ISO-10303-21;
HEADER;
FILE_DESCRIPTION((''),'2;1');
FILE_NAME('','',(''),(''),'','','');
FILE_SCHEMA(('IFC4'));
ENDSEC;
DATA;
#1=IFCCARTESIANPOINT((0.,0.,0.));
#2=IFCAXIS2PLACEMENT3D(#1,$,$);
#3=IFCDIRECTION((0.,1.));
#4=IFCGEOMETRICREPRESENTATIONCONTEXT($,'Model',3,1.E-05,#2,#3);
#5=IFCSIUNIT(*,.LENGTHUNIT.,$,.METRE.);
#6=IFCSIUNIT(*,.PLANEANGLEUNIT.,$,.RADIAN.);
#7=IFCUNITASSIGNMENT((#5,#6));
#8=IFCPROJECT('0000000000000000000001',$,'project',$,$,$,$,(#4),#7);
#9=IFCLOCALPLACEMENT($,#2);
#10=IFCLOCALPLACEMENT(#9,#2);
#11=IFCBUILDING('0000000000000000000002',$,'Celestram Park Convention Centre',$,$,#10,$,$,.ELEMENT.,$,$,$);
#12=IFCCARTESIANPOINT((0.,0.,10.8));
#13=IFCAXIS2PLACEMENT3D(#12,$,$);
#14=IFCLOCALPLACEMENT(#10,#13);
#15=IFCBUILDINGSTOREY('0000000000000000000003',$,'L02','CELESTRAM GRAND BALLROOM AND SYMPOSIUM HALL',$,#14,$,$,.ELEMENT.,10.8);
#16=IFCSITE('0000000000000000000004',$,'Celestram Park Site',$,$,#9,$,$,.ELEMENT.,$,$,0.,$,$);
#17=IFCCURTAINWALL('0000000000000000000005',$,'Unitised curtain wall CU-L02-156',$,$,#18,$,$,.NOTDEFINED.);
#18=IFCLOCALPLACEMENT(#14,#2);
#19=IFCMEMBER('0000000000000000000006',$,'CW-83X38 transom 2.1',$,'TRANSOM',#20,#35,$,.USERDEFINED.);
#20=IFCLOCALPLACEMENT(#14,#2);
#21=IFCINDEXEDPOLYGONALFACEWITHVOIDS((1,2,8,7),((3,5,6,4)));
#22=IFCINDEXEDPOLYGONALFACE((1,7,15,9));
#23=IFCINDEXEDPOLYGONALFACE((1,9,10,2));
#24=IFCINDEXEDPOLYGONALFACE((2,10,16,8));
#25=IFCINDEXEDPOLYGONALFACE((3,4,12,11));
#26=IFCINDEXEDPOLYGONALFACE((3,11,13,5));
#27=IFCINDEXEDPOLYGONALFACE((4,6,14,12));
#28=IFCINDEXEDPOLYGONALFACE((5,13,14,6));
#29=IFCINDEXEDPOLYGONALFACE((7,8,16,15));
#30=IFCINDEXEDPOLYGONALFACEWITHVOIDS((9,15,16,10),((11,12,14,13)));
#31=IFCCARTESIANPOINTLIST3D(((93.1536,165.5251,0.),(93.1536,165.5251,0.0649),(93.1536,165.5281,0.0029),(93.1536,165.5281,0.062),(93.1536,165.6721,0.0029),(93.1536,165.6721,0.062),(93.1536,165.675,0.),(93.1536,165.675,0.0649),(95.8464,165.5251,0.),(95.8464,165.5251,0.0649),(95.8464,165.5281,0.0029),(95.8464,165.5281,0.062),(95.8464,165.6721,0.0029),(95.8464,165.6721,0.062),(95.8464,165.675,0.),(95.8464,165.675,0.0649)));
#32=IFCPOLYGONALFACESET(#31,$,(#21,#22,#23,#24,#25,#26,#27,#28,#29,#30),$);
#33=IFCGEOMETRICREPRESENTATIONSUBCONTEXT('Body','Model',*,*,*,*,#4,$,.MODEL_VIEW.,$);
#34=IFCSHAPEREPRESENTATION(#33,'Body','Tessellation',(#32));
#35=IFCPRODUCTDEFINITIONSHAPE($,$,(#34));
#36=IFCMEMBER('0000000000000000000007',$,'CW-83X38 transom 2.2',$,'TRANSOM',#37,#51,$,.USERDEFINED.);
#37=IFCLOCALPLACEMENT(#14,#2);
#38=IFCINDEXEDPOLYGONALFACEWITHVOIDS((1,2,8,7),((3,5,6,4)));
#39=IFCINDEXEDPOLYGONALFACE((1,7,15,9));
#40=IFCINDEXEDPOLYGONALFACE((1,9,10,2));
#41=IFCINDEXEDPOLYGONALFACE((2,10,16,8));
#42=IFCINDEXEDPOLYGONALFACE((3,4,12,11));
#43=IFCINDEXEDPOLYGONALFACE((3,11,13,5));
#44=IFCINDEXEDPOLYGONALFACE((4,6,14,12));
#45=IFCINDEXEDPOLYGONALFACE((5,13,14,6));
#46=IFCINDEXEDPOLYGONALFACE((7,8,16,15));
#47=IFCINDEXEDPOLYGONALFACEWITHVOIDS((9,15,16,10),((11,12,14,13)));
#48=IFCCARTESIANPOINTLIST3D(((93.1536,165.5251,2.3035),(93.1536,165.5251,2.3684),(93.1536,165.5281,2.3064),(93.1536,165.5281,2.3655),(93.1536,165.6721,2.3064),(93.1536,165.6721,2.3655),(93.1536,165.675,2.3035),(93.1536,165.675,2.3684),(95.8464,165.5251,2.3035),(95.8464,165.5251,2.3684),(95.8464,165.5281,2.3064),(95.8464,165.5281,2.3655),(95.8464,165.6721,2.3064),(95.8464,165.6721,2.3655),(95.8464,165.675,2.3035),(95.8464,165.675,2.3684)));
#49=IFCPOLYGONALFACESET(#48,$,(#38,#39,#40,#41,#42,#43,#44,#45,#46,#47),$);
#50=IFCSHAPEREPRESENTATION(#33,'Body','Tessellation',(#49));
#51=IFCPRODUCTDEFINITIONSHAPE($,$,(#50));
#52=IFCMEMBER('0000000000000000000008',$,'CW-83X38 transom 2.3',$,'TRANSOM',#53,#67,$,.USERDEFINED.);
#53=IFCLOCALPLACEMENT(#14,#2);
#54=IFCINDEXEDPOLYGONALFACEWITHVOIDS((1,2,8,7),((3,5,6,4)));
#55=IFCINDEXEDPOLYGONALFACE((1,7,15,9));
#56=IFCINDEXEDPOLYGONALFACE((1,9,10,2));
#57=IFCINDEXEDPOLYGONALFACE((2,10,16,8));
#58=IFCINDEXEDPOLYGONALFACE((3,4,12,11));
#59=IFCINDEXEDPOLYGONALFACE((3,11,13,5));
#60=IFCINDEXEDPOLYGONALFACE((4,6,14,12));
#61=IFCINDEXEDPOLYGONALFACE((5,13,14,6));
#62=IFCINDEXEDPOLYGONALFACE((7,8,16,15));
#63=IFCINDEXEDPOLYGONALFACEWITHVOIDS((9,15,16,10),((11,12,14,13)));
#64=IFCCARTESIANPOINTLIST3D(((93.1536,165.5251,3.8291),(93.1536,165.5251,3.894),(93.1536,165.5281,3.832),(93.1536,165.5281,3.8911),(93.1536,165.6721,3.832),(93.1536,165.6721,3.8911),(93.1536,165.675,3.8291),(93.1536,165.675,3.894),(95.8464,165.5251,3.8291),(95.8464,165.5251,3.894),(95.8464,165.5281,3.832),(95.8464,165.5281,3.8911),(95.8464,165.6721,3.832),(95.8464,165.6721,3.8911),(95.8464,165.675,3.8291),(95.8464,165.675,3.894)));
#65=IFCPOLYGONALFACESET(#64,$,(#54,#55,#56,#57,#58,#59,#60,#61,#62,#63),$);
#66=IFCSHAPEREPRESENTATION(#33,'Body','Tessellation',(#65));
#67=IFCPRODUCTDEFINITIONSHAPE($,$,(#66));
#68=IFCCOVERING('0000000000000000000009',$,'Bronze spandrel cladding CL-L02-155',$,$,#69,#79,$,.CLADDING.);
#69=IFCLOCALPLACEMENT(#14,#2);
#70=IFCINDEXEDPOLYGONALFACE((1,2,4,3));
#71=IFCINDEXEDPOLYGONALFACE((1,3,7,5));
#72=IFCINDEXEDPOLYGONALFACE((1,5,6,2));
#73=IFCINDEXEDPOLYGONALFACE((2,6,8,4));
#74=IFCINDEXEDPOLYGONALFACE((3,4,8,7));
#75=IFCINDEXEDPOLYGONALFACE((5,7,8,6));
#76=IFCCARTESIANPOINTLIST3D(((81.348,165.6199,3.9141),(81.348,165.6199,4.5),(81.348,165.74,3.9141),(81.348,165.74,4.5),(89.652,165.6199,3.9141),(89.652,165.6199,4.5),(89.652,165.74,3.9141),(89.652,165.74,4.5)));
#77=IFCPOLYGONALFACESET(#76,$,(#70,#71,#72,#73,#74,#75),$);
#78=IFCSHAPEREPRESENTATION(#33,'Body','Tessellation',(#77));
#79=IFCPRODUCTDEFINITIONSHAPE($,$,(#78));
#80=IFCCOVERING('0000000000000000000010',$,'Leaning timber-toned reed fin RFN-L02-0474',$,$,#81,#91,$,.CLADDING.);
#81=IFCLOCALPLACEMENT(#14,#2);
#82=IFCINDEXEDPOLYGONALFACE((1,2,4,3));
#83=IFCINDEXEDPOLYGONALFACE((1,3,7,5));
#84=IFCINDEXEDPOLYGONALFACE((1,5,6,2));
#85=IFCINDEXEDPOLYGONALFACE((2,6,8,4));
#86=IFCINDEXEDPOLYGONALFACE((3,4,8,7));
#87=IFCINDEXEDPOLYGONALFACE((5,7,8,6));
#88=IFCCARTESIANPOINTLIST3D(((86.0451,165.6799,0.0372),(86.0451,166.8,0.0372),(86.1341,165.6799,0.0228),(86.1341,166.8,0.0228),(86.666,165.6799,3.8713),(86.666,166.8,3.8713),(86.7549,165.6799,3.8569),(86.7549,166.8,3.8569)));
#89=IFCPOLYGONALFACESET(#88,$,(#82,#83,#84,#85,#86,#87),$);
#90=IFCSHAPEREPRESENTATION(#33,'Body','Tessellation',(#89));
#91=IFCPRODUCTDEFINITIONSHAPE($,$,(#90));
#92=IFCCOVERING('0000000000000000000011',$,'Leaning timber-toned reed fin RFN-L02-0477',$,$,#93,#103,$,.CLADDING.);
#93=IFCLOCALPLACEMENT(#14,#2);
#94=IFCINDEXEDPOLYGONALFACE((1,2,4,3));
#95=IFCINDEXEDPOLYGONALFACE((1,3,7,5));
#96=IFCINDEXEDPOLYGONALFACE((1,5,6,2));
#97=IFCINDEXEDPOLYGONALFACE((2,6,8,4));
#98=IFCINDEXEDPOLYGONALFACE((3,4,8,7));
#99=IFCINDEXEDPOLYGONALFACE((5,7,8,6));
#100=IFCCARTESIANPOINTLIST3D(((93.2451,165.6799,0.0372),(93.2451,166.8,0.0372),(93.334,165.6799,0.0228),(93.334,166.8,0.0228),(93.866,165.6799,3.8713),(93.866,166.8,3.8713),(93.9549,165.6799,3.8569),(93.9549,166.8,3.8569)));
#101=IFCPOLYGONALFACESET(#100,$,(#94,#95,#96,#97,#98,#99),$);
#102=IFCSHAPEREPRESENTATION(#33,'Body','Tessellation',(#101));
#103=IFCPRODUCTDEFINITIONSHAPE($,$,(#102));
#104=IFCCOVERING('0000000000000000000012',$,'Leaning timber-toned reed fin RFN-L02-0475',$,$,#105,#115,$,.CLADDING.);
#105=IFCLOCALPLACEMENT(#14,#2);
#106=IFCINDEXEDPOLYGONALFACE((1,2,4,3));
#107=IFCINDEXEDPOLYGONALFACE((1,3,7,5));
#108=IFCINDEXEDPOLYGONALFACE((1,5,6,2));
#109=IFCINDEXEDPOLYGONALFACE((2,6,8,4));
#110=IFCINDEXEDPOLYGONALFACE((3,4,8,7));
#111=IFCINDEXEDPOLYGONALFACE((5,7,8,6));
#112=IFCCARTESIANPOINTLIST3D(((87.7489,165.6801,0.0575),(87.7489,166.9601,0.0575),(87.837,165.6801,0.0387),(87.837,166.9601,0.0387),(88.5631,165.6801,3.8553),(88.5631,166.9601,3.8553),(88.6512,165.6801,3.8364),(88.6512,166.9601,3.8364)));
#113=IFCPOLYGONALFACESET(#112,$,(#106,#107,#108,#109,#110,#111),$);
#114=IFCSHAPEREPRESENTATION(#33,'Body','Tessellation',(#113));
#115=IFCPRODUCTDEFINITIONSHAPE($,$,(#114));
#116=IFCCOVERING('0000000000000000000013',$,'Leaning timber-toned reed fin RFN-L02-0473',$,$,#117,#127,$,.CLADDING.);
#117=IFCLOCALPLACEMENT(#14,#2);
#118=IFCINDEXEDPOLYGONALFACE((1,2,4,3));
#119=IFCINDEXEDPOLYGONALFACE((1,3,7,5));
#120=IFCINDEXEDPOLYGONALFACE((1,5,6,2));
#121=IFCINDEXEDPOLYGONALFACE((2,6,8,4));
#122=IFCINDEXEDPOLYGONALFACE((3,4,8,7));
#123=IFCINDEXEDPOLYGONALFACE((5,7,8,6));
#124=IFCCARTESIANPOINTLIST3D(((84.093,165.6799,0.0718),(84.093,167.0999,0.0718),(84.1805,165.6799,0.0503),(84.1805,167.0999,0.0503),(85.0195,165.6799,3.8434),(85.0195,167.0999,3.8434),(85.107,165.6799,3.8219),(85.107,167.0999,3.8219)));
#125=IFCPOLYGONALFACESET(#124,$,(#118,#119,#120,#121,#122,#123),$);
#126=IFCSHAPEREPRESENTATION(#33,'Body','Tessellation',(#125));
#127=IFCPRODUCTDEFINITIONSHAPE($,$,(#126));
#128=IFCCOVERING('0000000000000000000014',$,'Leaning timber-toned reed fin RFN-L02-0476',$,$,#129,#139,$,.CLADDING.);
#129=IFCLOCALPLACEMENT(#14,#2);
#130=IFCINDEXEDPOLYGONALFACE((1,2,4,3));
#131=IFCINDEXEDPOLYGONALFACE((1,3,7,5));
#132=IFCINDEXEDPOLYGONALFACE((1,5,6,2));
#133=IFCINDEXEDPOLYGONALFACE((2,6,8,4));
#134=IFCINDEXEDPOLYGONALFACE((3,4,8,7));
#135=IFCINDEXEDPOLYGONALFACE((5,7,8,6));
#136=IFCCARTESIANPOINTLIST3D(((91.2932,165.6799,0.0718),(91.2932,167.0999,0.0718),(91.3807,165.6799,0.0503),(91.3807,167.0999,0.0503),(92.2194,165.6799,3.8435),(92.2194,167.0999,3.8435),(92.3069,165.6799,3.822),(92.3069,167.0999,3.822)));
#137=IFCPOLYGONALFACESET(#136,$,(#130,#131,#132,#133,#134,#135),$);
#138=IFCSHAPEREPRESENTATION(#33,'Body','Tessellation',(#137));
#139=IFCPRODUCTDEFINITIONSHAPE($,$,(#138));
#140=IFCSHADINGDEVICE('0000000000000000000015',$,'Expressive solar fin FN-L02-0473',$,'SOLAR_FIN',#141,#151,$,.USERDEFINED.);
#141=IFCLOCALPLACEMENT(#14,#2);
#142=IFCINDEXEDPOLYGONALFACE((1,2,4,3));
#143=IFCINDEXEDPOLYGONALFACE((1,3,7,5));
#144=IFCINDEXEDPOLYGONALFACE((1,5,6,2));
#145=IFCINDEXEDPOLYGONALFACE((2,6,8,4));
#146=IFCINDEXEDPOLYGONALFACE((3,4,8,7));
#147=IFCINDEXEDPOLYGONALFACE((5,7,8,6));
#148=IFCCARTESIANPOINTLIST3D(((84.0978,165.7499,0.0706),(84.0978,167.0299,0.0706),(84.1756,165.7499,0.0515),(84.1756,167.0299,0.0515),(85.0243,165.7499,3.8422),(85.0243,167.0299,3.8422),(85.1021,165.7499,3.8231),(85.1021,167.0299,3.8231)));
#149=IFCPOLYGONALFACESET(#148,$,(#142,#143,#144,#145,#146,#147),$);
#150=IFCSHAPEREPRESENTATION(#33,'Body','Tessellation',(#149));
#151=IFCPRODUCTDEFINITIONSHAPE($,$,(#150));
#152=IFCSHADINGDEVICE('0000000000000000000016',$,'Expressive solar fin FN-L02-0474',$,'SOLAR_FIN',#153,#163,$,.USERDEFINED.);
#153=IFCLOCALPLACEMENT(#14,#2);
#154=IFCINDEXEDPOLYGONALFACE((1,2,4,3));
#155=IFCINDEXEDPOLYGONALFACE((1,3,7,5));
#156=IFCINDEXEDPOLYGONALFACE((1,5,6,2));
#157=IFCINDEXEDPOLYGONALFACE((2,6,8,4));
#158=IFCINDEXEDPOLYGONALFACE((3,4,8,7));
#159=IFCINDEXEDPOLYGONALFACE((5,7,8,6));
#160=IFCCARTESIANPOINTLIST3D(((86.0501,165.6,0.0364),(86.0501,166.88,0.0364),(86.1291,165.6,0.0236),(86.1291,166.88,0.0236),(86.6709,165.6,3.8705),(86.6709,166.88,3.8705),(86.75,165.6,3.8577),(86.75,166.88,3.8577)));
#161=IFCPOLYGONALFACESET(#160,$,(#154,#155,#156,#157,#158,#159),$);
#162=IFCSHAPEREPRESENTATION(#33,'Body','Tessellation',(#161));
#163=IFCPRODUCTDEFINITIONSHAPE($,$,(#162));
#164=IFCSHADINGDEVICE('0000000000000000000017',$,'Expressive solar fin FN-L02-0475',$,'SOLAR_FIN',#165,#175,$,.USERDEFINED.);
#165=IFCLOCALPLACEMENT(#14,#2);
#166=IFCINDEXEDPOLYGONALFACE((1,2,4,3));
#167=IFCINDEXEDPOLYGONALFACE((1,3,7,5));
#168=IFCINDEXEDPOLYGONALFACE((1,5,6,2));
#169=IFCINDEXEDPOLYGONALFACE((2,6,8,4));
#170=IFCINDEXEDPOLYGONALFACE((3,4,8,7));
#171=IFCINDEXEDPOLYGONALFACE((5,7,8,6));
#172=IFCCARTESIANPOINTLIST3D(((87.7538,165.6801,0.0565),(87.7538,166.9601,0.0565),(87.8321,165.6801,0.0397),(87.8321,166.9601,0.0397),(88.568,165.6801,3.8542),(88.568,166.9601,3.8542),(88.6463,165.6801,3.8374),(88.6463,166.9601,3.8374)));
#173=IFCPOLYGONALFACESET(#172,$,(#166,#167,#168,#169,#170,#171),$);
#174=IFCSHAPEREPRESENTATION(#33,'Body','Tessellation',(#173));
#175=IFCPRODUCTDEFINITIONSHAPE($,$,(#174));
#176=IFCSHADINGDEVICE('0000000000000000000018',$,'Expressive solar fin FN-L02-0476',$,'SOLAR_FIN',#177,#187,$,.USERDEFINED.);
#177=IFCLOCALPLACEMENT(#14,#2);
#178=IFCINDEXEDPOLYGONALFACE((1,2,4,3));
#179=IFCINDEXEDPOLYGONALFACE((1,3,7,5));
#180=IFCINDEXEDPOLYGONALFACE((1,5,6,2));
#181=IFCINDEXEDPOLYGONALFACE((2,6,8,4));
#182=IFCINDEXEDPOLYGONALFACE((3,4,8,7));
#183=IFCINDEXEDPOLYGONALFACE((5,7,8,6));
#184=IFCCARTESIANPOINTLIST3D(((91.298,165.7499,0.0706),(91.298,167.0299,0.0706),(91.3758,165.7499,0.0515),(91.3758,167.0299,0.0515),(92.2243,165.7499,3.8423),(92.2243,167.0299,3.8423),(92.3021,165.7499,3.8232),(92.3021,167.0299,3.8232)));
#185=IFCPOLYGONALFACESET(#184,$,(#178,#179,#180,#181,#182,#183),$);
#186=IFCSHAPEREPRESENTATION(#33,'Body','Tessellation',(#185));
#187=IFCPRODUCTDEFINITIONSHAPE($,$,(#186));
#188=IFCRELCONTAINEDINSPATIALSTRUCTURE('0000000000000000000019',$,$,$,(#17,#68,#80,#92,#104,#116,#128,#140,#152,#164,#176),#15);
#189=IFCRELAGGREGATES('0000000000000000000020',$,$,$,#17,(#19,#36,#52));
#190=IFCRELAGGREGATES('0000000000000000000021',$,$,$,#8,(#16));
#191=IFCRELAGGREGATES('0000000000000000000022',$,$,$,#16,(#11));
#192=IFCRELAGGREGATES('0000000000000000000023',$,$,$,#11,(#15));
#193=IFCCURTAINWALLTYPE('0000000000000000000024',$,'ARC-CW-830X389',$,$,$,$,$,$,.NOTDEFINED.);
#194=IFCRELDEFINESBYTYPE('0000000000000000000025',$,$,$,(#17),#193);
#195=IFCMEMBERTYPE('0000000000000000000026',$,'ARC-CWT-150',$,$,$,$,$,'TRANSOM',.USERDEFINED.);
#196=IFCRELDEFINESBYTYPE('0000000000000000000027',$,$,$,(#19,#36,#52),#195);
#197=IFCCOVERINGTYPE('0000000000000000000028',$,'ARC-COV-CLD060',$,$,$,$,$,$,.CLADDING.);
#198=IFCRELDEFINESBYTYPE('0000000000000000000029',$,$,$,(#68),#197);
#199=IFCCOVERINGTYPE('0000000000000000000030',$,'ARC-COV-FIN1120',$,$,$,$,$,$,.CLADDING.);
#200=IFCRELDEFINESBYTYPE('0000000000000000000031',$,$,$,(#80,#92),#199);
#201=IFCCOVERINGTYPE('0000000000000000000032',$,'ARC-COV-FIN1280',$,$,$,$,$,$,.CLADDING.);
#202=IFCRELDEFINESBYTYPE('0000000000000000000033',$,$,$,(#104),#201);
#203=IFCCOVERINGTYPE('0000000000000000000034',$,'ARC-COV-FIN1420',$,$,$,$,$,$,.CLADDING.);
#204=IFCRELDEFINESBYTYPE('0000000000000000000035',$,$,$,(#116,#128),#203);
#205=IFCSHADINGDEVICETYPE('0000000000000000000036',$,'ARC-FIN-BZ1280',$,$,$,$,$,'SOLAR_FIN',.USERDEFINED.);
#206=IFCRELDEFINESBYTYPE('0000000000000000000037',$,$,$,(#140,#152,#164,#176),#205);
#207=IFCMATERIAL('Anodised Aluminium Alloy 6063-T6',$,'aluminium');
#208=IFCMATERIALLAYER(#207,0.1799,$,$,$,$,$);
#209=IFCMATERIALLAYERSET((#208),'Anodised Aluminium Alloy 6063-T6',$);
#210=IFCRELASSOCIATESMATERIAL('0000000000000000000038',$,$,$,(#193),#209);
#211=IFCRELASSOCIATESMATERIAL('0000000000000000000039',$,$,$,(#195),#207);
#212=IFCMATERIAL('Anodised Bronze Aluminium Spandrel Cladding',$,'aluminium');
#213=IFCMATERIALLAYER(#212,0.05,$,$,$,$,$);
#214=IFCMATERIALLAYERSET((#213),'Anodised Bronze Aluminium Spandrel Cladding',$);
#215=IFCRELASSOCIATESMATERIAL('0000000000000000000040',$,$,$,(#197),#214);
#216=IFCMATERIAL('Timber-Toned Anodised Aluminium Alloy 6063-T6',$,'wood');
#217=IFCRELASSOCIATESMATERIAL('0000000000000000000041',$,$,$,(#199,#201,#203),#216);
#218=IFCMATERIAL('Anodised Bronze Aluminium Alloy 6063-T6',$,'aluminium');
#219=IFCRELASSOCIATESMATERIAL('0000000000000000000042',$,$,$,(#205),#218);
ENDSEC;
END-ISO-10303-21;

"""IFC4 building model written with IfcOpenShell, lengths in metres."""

from ifc_helpers import new_model, si_unit, direction, frame, origin, origin_2d, place, context, subcontext, project, spatial, rectangle, hollow_rectangle, extrude, material, layer, layer_set, material_profile, profile_set, type_object, element, aggregate, save


model = new_model("IFC4")

# Units and contexts
model_context = context("Model", 3, precision=1e-05, world=origin(), true_north=direction((0.0, 1.0)))
body_context = subcontext(model_context, "Body", "Model", "MODEL_VIEW")
ifc_project = project(units=[si_unit("LENGTHUNIT", "METRE"), si_unit("PLANEANGLEUNIT", "RADIAN")], contexts=[model_context])

# Site, building, storey
site_placement = place(None, origin())
site = spatial("IfcSite", under=ifc_project, at=site_placement, Name="Celestram Park Site", CompositionType="ELEMENT", RefElevation=0.0)
building_placement = place(site_placement, origin())
building = spatial("IfcBuilding", under=site, at=building_placement, Name="Celestram Park Convention Centre", CompositionType="ELEMENT")
storey_placement = place(building_placement, frame((0.0, 0.0, 10.8)))
storey = spatial("IfcBuildingStorey", under=building, at=storey_placement, Name="L02", Description="CELESTRAM GRAND BALLROOM AND SYMPOSIUM HALL", CompositionType="ELEMENT", Elevation=10.8)

# Curtain wall, members
ifc_material_1 = material(Name="Anodised Aluminium Alloy 6063-T6", Category="aluminium")
ifc_layer_1 = layer(ifc_material_1, 0.1799)
ifc_layer_set_1 = layer_set([ifc_layer_1], Name="Anodised Aluminium Alloy 6063-T6")
curtain_wall_type = type_object("IfcCurtainWallType", Name="ARC-CW-830X389", PredefinedType="NOTDEFINED", material=ifc_layer_set_1)
curtain_wall_placement = place(storey_placement, origin())
curtain_wall = element("IfcCurtainWall", 1, at=curtain_wall_placement, inside=storey, type_object=curtain_wall_type, Name="Unitised curtain wall CU-L02-156", PredefinedType="NOTDEFINED")
ifc_material_profile_1 = material_profile(ifc_material_1, hollow_rectangle(XDim=0.1499, YDim=0.0649, WallThickness=0.0029, at=origin_2d()), Name="ALU150X65X3")
ifc_profile_set_1 = profile_set([ifc_material_profile_1], Name="Anodised Aluminium Alloy 6063-T6")
member_type = type_object("IfcMemberType", Name="ARC-CWT-150", ElementType="TRANSOM", PredefinedType="USERDEFINED", material=ifc_profile_set_1)
member_1_placement = place(storey_placement, frame((93.1536, 165.6001, 0.0325), z_axis=(1.0, 0.0, 0.0), x_axis=(0.0, 1.0, 0.0)))
member_1 = element("IfcMember", 2, at=member_1_placement, type_object=member_type, Name="CW-83X38 transom 2.1", ObjectType="TRANSOM", PredefinedType="USERDEFINED", context=body_context, shape_type="SweptSolid", body=[
    extrude(hollow_rectangle(XDim=0.1499, YDim=0.0649, WallThickness=0.0029, at=origin_2d()), origin(), (0.0, 0.0, 1.0), 2.6929),
])
member_2_placement = place(storey_placement, frame((93.1536, 165.6001, 2.3359), z_axis=(1.0, 0.0, 0.0), x_axis=(0.0, 1.0, 0.0)))
member_2 = element("IfcMember", 3, at=member_2_placement, type_object=member_type, Name="CW-83X38 transom 2.2", ObjectType="TRANSOM", PredefinedType="USERDEFINED", context=body_context, shape_type="SweptSolid", body=[
    extrude(hollow_rectangle(XDim=0.1499, YDim=0.0649, WallThickness=0.0029, at=origin_2d()), origin(), (0.0, 0.0, 1.0), 2.6929),
])
member_3_placement = place(storey_placement, frame((93.1536, 165.6001, 3.8616), z_axis=(1.0, 0.0, 0.0), x_axis=(0.0, 1.0, 0.0)))
member_3 = element("IfcMember", 4, at=member_3_placement, type_object=member_type, Name="CW-83X38 transom 2.3", ObjectType="TRANSOM", PredefinedType="USERDEFINED", context=body_context, shape_type="SweptSolid", body=[
    extrude(hollow_rectangle(XDim=0.1499, YDim=0.0649, WallThickness=0.0029, at=origin_2d()), origin(), (0.0, 0.0, 1.0), 2.6929),
])
aggregate(curtain_wall, [member_1, member_2, member_3])

# Coverings
ifc_material_2 = material(Name="Anodised Bronze Aluminium Spandrel Cladding", Category="aluminium")
ifc_layer_2 = layer(ifc_material_2, 0.05)
ifc_layer_set_2 = layer_set([ifc_layer_2], Name="Anodised Bronze Aluminium Spandrel Cladding")
covering_type_1 = type_object("IfcCoveringType", Name="ARC-COV-CLD060", PredefinedType="CLADDING", material=ifc_layer_set_2)
covering_1_placement = place(storey_placement, frame((85.5, 165.6799, 3.9141), z_axis=(0.0, 0.0, 1.0), x_axis=(1.0, 0.0, 0.0)))
element("IfcCovering", 5, at=covering_1_placement, inside=storey, type_object=covering_type_1, Name="Bronze spandrel cladding CL-L02-155", PredefinedType="CLADDING", context=body_context, shape_type="SweptSolid", body=[
    extrude(rectangle(XDim=8.304, YDim=0.1201, at=origin_2d()), origin(), (0.0, 0.0, 1.0), 0.5859),
])
ifc_material_3 = material(Name="Timber-Toned Anodised Aluminium Alloy 6063-T6", Category="wood")
ifc_material_profile_2 = material_profile(ifc_material_3, rectangle(XDim=1.1201, YDim=0.0901, at=origin_2d()), Name="REED1120X90")
ifc_profile_set_2 = profile_set([ifc_material_profile_2], Name="Timber-Toned Anodised Aluminium Alloy 6063-T6")
covering_type_2 = type_object("IfcCoveringType", Name="ARC-COV-FIN1120", PredefinedType="CLADDING", material=ifc_profile_set_2)
for number, where, z_axis, x_axis, name in (
    (6, (86.0896, 166.24, 0.03), (0.159851, 0.0, 0.987141), (0.0, 1.0, 0.0), "Leaning timber-toned reed fin RFN-L02-0474"),
    (7, (93.2896, 166.24, 0.03), (0.159851, 0.0, 0.987141), (0.0, 1.0, 0.0), "Leaning timber-toned reed fin RFN-L02-0477"),
):
    element("IfcCovering", number, at=place(storey_placement, frame(where, z_axis=z_axis, x_axis=x_axis)), inside=storey, type_object=covering_type_2, Name=name, PredefinedType="CLADDING", context=body_context, shape_type="SweptSolid", body=[
        extrude(rectangle(XDim=1.1201, YDim=0.0901, at=origin_2d()), origin(), (0.0, 0.0, 1.0), 3.884),
    ])
ifc_material_profile_3 = material_profile(ifc_material_3, rectangle(XDim=1.28, YDim=0.0901, at=origin_2d()), Name="REED1280X90")
ifc_profile_set_3 = profile_set([ifc_material_profile_3], Name="Timber-Toned Anodised Aluminium Alloy 6063-T6")
covering_type_3 = type_object("IfcCoveringType", Name="ARC-COV-FIN1280", PredefinedType="CLADDING", material=ifc_profile_set_3)
covering_2_placement = place(storey_placement, frame((87.793, 166.3201, 0.0481), z_axis=(0.209624, 0.0, 0.977782), x_axis=(0.0, 1.0, 0.0)))
element("IfcCovering", 8, at=covering_2_placement, inside=storey, type_object=covering_type_3, Name="Leaning timber-toned reed fin RFN-L02-0475", PredefinedType="CLADDING", context=body_context, shape_type="SweptSolid", body=[
    extrude(rectangle(XDim=1.28, YDim=0.0901, at=origin_2d()), origin(), (0.0, 0.0, 1.0), 3.884),
])
ifc_material_profile_4 = material_profile(ifc_material_3, rectangle(XDim=1.4199, YDim=0.0901, at=origin_2d()), Name="REED1420X90")
ifc_profile_set_4 = profile_set([ifc_material_profile_4], Name="Timber-Toned Anodised Aluminium Alloy 6063-T6")
covering_type_4 = type_object("IfcCoveringType", Name="ARC-COV-FIN1420", PredefinedType="CLADDING", material=ifc_profile_set_4)
for number, where, z_axis, x_axis, name in (
    (9, (84.1367, 166.3899, 0.061), (0.238555, 0.0, 0.971129), (0.0, 1.0, 0.0), "Leaning timber-toned reed fin RFN-L02-0473"),
    (10, (91.3369, 166.3899, 0.061), (0.238496, 0.0, 0.971144), (0.0, 1.0, 0.0), "Leaning timber-toned reed fin RFN-L02-0476"),
):
    element("IfcCovering", number, at=place(storey_placement, frame(where, z_axis=z_axis, x_axis=x_axis)), inside=storey, type_object=covering_type_4, Name=name, PredefinedType="CLADDING", context=body_context, shape_type="SweptSolid", body=[
        extrude(rectangle(XDim=1.4199, YDim=0.0901, at=origin_2d()), origin(), (0.0, 0.0, 1.0), 3.8838),
    ])

# Shading devices
ifc_material_4 = material(Name="Anodised Bronze Aluminium Alloy 6063-T6", Category="aluminium")
ifc_material_profile_5 = material_profile(ifc_material_4, rectangle(XDim=1.28, YDim=0.0801, at=origin_2d()), Name="FIN1280X80")
ifc_profile_set_5 = profile_set([ifc_material_profile_5], Name="Anodised Bronze Aluminium Alloy 6063-T6")
shading_device_type = type_object("IfcShadingDeviceType", Name="ARC-FIN-BZ1280", ElementType="SOLAR_FIN", PredefinedType="USERDEFINED", material=ifc_profile_set_5)
shading_device_1_placement = place(storey_placement, frame((84.1367, 166.3899, 0.061), z_axis=(0.238555, 0.0, 0.971129), x_axis=(0.0, 1.0, 0.0)))
element("IfcShadingDevice", 11, at=shading_device_1_placement, inside=storey, type_object=shading_device_type, Name="Expressive solar fin FN-L02-0473", ObjectType="SOLAR_FIN", PredefinedType="USERDEFINED", context=body_context, shape_type="SweptSolid", body=[
    extrude(rectangle(XDim=1.28, YDim=0.0801, at=origin_2d()), origin(), (0.0, 0.0, 1.0), 3.8838),
])
for number, where, z_axis, x_axis, name in (
    (12, (86.0896, 166.24, 0.03), (0.159851, 0.0, 0.987141), (0.0, 1.0, 0.0), "Expressive solar fin FN-L02-0474"),
    (13, (87.793, 166.3201, 0.0481), (0.209624, 0.0, 0.977782), (0.0, 1.0, 0.0), "Expressive solar fin FN-L02-0475"),
):
    element("IfcShadingDevice", number, at=place(storey_placement, frame(where, z_axis=z_axis, x_axis=x_axis)), inside=storey, type_object=shading_device_type, Name=name, ObjectType="SOLAR_FIN", PredefinedType="USERDEFINED", context=body_context, shape_type="SweptSolid", body=[
        extrude(rectangle(XDim=1.28, YDim=0.0801, at=origin_2d()), origin(), (0.0, 0.0, 1.0), 3.884),
    ])
shading_device_2_placement = place(storey_placement, frame((91.3369, 166.3899, 0.061), z_axis=(0.238496, 0.0, 0.971144), x_axis=(0.0, 1.0, 0.0)))
element("IfcShadingDevice", 14, at=shading_device_2_placement, inside=storey, type_object=shading_device_type, Name="Expressive solar fin FN-L02-0476", ObjectType="SOLAR_FIN", PredefinedType="USERDEFINED", context=body_context, shape_type="SweptSolid", body=[
    extrude(rectangle(XDim=1.28, YDim=0.0801, at=origin_2d()), origin(), (0.0, 0.0, 1.0), 3.8838),
])

save(model, "model.ifc")
